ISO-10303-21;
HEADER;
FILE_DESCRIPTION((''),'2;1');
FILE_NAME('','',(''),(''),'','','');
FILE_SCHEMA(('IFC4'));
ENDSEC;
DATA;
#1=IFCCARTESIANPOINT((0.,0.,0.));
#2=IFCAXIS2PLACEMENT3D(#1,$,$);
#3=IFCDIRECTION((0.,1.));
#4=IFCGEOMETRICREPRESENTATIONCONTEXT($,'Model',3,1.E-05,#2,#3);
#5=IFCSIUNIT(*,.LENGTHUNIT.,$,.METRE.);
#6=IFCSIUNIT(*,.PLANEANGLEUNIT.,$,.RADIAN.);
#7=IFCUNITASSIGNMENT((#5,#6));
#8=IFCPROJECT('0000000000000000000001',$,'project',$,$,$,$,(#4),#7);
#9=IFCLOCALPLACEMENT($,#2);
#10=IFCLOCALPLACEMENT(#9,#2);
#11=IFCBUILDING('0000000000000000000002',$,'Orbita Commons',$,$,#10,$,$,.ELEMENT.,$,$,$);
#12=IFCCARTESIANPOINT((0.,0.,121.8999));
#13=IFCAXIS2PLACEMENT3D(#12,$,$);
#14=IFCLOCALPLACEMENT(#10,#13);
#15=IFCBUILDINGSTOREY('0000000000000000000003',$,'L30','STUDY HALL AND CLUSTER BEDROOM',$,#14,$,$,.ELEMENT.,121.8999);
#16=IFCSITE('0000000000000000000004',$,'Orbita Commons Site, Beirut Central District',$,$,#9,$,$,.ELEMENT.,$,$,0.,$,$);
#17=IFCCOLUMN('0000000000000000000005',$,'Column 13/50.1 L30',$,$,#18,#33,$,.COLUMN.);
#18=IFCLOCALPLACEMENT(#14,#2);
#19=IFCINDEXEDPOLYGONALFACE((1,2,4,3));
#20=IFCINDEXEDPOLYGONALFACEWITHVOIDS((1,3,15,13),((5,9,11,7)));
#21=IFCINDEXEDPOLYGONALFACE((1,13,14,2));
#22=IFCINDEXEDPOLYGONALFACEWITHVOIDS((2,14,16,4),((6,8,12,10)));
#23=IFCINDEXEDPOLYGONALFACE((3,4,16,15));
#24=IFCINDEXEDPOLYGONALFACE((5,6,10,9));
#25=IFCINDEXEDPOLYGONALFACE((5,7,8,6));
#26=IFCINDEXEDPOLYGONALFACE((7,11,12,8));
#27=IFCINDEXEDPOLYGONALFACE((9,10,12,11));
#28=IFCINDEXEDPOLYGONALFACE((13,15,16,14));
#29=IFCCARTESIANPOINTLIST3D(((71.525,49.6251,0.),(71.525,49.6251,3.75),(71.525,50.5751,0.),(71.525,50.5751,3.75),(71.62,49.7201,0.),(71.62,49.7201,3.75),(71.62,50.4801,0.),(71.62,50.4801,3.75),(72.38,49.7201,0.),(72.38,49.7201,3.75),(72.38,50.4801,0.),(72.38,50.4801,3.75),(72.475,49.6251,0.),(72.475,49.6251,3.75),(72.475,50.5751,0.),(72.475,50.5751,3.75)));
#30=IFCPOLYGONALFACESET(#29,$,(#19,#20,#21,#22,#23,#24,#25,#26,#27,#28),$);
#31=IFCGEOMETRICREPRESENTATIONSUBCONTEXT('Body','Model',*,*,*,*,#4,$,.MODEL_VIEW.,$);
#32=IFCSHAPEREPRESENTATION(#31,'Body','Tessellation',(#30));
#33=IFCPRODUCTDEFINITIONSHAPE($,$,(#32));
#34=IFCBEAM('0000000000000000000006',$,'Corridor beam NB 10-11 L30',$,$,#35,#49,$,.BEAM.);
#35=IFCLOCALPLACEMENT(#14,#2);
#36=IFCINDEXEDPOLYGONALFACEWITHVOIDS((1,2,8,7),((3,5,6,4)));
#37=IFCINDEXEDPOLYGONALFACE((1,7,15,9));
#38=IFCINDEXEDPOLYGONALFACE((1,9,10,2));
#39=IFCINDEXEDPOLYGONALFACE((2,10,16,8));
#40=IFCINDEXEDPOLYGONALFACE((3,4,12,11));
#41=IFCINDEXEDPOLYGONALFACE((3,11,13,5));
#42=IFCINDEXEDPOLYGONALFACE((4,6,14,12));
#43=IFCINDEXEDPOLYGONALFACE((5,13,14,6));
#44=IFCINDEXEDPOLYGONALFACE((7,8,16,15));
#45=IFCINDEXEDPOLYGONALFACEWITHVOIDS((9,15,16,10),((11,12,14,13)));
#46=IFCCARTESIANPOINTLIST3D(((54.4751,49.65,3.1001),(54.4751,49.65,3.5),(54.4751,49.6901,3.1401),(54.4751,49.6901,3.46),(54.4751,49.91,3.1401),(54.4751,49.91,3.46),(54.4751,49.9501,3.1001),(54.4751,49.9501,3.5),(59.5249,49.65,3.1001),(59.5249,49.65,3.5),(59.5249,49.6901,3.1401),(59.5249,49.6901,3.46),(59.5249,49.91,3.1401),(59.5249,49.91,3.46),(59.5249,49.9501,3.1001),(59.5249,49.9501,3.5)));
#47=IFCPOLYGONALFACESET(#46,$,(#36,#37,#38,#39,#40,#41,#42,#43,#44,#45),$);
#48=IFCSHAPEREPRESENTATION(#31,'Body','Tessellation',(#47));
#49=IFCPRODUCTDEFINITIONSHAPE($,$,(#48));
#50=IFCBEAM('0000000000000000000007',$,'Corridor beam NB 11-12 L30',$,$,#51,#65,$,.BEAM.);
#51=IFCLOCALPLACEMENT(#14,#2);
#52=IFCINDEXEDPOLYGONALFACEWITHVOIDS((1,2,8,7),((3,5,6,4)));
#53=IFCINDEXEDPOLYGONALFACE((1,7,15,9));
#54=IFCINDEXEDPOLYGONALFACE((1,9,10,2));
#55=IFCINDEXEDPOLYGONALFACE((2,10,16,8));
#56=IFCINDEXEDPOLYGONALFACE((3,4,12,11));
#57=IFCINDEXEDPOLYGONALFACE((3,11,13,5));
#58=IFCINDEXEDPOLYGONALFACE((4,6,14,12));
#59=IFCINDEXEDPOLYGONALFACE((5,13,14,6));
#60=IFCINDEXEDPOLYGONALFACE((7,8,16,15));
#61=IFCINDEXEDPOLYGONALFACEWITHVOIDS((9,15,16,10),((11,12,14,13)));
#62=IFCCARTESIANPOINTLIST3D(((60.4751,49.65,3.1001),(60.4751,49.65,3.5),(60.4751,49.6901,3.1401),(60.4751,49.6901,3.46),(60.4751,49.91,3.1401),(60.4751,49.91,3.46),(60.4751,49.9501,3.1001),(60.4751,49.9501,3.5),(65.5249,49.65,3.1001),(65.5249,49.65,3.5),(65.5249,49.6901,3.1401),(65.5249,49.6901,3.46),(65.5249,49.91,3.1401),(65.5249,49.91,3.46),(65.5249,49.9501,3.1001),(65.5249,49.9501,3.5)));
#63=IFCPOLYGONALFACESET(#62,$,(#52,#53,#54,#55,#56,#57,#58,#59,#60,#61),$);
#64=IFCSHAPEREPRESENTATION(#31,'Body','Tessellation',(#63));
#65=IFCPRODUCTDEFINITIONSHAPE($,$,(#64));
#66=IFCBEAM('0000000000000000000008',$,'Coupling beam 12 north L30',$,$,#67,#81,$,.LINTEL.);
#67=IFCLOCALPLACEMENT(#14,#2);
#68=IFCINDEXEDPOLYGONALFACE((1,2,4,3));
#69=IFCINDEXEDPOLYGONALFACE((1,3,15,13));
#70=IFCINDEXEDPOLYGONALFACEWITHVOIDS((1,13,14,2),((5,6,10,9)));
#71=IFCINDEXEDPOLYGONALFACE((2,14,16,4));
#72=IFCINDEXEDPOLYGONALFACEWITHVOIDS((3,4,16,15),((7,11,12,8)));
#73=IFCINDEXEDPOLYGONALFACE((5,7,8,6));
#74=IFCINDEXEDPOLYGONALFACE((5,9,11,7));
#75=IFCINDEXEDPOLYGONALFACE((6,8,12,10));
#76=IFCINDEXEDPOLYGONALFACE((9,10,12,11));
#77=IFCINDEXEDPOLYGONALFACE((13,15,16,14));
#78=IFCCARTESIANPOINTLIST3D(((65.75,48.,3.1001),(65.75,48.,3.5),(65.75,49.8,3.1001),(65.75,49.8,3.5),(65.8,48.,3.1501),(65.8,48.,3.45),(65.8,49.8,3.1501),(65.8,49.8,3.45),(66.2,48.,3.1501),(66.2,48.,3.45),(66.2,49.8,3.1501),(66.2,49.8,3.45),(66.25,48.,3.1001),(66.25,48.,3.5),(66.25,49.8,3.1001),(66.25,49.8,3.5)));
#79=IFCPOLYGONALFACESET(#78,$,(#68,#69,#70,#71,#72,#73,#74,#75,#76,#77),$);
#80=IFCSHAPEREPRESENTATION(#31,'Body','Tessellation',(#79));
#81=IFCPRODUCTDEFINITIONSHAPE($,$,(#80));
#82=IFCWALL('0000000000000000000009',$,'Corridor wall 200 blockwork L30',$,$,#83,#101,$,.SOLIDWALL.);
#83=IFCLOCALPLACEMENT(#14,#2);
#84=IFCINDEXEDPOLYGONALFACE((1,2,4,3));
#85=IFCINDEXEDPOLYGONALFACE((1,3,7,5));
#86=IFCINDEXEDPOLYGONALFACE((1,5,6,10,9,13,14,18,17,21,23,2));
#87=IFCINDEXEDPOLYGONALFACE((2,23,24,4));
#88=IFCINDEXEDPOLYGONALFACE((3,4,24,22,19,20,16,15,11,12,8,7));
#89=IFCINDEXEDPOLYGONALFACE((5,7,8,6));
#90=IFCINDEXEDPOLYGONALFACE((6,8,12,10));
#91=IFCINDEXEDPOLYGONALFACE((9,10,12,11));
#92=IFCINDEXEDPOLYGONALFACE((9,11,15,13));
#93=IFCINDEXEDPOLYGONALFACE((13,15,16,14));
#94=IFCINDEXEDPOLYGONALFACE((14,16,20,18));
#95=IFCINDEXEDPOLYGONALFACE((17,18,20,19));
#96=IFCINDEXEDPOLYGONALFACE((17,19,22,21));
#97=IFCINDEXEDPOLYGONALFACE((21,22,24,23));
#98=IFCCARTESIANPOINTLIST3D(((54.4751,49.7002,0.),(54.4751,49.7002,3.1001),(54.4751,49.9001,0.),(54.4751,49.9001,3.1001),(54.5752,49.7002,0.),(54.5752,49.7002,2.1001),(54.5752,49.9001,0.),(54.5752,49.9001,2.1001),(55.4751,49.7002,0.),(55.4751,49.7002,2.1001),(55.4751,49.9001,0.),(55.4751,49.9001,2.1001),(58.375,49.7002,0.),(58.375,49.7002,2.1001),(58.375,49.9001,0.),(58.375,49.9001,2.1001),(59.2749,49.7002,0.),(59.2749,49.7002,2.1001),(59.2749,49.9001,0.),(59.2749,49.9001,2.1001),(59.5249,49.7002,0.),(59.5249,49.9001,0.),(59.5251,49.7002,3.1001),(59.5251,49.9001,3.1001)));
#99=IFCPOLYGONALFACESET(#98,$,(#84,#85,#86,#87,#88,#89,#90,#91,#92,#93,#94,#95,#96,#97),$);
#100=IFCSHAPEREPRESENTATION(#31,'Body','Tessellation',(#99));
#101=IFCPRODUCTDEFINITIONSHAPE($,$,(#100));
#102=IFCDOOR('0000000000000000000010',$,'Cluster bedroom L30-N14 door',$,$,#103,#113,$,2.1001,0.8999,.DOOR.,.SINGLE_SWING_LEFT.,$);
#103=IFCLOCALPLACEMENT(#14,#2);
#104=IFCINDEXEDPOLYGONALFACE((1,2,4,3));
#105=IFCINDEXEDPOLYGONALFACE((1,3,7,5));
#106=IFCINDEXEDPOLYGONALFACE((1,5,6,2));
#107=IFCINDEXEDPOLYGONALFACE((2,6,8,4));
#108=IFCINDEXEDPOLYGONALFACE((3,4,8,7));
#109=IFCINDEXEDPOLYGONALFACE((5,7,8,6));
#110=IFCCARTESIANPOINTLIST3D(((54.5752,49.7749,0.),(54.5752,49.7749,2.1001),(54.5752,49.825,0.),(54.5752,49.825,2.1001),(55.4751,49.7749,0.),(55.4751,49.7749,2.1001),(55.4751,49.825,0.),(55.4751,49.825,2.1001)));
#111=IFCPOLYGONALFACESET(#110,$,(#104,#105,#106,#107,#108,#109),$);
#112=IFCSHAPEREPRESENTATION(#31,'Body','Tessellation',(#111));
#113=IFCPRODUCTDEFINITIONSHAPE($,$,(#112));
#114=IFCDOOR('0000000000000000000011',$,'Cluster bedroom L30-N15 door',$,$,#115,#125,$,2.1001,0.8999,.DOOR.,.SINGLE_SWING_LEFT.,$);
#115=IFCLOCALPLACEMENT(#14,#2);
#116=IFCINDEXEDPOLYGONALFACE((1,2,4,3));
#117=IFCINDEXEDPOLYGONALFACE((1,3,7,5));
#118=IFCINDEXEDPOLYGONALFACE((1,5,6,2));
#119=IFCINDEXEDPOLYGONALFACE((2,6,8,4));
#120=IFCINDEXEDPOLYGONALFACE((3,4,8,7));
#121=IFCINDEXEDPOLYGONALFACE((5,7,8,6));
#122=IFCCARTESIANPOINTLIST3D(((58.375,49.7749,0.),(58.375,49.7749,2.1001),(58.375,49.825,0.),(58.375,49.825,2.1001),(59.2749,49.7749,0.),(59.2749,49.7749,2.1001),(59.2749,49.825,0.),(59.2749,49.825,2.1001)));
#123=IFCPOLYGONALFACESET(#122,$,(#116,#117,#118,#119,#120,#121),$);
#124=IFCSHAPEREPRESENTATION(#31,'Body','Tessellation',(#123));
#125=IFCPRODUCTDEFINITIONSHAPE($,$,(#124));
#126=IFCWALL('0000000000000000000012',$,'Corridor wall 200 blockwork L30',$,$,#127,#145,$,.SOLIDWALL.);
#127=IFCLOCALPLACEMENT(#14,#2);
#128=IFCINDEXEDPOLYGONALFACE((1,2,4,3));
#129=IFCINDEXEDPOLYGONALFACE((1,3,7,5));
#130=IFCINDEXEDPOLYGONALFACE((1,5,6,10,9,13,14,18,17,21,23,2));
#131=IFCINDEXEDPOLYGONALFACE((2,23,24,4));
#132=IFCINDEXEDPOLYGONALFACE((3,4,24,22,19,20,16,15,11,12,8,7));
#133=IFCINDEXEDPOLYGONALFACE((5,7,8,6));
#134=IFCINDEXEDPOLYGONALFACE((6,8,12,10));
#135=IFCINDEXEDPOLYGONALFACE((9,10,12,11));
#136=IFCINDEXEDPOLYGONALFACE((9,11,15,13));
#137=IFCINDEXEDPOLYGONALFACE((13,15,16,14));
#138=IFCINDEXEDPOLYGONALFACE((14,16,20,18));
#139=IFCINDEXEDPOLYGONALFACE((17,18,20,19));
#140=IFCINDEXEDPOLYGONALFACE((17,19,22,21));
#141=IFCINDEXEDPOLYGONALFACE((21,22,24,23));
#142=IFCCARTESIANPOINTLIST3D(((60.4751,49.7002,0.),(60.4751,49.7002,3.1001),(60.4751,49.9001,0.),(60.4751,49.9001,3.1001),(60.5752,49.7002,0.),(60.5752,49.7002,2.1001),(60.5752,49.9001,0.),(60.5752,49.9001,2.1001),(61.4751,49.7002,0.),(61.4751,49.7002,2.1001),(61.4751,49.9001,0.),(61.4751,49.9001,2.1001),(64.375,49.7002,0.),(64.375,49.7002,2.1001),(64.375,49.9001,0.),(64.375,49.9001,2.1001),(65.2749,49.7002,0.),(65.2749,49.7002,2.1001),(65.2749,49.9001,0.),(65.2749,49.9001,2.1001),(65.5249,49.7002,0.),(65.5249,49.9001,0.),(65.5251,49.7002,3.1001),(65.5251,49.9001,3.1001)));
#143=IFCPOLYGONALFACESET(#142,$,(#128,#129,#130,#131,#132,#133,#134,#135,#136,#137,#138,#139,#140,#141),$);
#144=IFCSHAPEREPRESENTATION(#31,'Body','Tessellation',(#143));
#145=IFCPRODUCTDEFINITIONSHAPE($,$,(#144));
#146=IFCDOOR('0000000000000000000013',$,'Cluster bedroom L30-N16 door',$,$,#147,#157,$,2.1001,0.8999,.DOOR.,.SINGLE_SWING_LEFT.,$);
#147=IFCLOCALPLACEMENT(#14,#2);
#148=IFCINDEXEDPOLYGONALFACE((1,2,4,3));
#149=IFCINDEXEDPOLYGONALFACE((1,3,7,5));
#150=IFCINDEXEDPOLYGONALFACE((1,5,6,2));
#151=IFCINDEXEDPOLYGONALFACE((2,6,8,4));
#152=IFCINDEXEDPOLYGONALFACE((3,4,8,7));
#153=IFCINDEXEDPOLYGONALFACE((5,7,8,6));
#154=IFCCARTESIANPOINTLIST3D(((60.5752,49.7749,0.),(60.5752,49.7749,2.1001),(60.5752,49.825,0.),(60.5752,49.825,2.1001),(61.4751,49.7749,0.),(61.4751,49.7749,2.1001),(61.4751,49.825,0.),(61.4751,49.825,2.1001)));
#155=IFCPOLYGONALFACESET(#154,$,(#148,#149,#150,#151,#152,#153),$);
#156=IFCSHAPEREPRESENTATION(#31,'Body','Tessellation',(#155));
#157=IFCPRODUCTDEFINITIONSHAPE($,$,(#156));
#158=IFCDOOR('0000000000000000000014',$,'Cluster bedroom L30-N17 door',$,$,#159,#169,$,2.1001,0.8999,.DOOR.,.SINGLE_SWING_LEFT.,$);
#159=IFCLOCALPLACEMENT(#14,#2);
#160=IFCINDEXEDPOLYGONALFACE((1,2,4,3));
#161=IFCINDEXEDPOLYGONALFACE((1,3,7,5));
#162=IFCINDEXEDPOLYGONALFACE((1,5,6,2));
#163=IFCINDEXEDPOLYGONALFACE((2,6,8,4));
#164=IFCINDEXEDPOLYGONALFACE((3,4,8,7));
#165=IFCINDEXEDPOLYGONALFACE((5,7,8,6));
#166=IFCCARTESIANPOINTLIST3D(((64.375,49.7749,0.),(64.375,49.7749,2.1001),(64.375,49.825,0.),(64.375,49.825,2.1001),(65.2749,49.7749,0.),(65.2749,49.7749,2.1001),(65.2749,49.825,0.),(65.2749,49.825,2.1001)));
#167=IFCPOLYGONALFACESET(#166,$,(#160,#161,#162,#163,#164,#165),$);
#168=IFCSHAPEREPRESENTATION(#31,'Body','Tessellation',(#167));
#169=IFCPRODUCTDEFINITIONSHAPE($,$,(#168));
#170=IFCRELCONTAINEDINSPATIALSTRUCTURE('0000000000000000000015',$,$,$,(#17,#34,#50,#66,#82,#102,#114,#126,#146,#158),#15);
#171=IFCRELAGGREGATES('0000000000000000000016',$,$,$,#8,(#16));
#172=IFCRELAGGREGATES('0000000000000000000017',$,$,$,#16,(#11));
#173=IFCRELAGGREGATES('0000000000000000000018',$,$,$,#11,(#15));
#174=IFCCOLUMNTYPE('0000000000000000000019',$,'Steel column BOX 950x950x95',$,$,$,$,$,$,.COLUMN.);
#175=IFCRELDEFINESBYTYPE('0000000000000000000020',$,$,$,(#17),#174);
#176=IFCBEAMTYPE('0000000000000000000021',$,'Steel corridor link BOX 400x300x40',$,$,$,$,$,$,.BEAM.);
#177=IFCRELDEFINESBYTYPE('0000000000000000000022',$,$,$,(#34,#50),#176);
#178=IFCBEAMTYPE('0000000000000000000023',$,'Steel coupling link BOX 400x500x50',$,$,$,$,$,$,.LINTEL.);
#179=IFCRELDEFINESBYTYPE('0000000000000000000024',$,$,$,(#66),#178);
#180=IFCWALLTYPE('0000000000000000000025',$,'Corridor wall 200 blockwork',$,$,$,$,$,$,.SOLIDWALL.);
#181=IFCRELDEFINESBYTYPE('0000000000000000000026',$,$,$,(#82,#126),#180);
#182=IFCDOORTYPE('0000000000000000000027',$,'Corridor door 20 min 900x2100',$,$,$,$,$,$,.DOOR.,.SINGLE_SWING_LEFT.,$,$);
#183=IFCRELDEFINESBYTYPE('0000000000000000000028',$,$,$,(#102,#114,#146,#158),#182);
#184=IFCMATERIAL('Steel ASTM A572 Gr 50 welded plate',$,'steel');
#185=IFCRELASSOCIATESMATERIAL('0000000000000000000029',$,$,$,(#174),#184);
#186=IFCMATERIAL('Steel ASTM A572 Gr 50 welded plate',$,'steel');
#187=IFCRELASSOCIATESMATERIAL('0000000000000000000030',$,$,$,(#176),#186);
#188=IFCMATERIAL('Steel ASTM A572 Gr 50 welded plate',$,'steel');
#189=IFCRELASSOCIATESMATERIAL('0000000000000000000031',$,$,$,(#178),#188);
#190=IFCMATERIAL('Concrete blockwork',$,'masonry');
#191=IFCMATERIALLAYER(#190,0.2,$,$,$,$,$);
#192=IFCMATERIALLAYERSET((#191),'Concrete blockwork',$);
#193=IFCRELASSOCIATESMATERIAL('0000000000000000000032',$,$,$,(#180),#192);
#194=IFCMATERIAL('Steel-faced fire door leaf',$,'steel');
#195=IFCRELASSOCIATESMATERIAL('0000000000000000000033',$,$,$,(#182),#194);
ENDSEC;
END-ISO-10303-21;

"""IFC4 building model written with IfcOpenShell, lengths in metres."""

from ifc_helpers import new_model, si_unit, direction, frame, frame_2d, origin, origin_2d, place, context, subcontext, project, spatial, polyline, rectangle, hollow_rectangle, outline, extrude, material, layer, layer_set, material_profile, profile_set, type_object, element, fill, save


model = new_model("IFC4")

# Units and contexts
model_context = context("Model", 3, precision=1e-05, world=origin(), true_north=direction((0.0, 1.0)))
body_context = subcontext(model_context, "Body", "Model", "MODEL_VIEW")
ifc_project = project(units=[si_unit("LENGTHUNIT", "METRE"), si_unit("PLANEANGLEUNIT", "RADIAN")], contexts=[model_context])

# Site, building, storey
site_placement = place(None, origin())
site = spatial("IfcSite", under=ifc_project, at=site_placement, Name="Orbita Commons Site, Beirut Central District", CompositionType="ELEMENT", RefElevation=0.0)
building_placement = place(site_placement, origin())
building = spatial("IfcBuilding", under=site, at=building_placement, Name="Orbita Commons", CompositionType="ELEMENT")
storey_placement = place(building_placement, frame((0.0, 0.0, 121.8999)))
storey = spatial("IfcBuildingStorey", under=building, at=storey_placement, Name="L30", Description="STUDY HALL AND CLUSTER BEDROOM", CompositionType="ELEMENT", Elevation=121.8999)

# Column
ifc_material_1 = material(Name="Steel ASTM A572 Gr 50 welded plate", Category="steel")
ifc_material_profile_1 = material_profile(ifc_material_1, hollow_rectangle(XDim=0.95, YDim=0.95, WallThickness=0.095, at=origin_2d()), Name="BOX 950x950x95")
ifc_profile_set_1 = profile_set([ifc_material_profile_1], Name="Steel ASTM A572 Gr 50 welded plate")
column_type = type_object("IfcColumnType", Name="Steel column BOX 950x950x95", PredefinedType="COLUMN", material=ifc_profile_set_1)
column_placement = place(storey_placement, frame((72.0, 50.1001, 0.0), z_axis=(0.0, 0.0, 1.0), x_axis=(1.0, 0.0, 0.0)))
element("IfcColumn", 1, at=column_placement, inside=storey, type_object=column_type, Name="Column 13/50.1 L30", PredefinedType="COLUMN", context=body_context, shape_type="SweptSolid", body=[
    extrude(hollow_rectangle(XDim=0.95, YDim=0.95, WallThickness=0.095, at=origin_2d()), origin(), (0.0, 0.0, 1.0), 3.75),
])

# Beams
ifc_material_2 = material(Name="Steel ASTM A572 Gr 50 welded plate", Category="steel")
ifc_material_profile_2 = material_profile(ifc_material_2, hollow_rectangle(XDim=0.3, YDim=0.3999, WallThickness=0.04, at=origin_2d()), Name="BOX 400x300x40")
ifc_profile_set_2 = profile_set([ifc_material_profile_2], Name="Steel ASTM A572 Gr 50 welded plate")
beam_type_1 = type_object("IfcBeamType", Name="Steel corridor link BOX 400x300x40", PredefinedType="BEAM", material=ifc_profile_set_2)
for number, where, z_axis, x_axis, name in (
    (2, (54.4751, 49.8, 3.3), (1.0, 0.0, 0.0), (0.0, 1.0, 0.0), "Corridor beam NB 10-11 L30"),
    (3, (60.4751, 49.8, 3.3), (1.0, 0.0, 0.0), (0.0, 1.0, 0.0), "Corridor beam NB 11-12 L30"),
):
    element("IfcBeam", number, at=place(storey_placement, frame(where, z_axis=z_axis, x_axis=x_axis)), inside=storey, type_object=beam_type_1, Name=name, PredefinedType="BEAM", context=body_context, shape_type="SweptSolid", body=[
        extrude(hollow_rectangle(XDim=0.3, YDim=0.3999, WallThickness=0.04, at=origin_2d()), origin(), (0.0, 0.0, 1.0), 5.0498),
    ])
ifc_material_3 = material(Name="Steel ASTM A572 Gr 50 welded plate", Category="steel")
ifc_material_profile_3 = material_profile(ifc_material_3, hollow_rectangle(XDim=0.5, YDim=0.3999, WallThickness=0.05, at=origin_2d()), Name="BOX 400x500x50")
ifc_profile_set_3 = profile_set([ifc_material_profile_3], Name="Steel ASTM A572 Gr 50 welded plate")
beam_type_2 = type_object("IfcBeamType", Name="Steel coupling link BOX 400x500x50", PredefinedType="LINTEL", material=ifc_profile_set_3)
beam_placement = place(storey_placement, frame((66.0, 48.0, 3.3), z_axis=(0.0, 1.0, 0.0), x_axis=(-1.0, 0.0, 0.0)))
element("IfcBeam", 4, at=beam_placement, inside=storey, type_object=beam_type_2, Name="Coupling beam 12 north L30", PredefinedType="LINTEL", context=body_context, shape_type="SweptSolid", body=[
    extrude(hollow_rectangle(XDim=0.5, YDim=0.3999, WallThickness=0.05, at=origin_2d()), origin(), (0.0, 0.0, 1.0), 1.8),
])

# Walls, openings, doors
ifc_material_4 = material(Name="Concrete blockwork", Category="masonry")
ifc_layer_1 = layer(ifc_material_4, 0.2)
ifc_layer_set_1 = layer_set([ifc_layer_1], Name="Concrete blockwork")
wall_type_1 = type_object("IfcWallType", Name="Corridor wall 200 blockwork", PredefinedType="SOLIDWALL", material=ifc_layer_set_1)
wall_1_placement = place(storey_placement, frame((54.4751, 49.8, 0.0), z_axis=(0.0, 0.0, 1.0), x_axis=(1.0, 0.0, 0.0)))
wall_1 = element("IfcWall", 5, at=wall_1_placement, inside=storey, type_object=wall_type_1, Name="Corridor wall 200 blockwork L30", PredefinedType="SOLIDWALL", context=body_context, shape_type="SweptSolid", body=[
    extrude(outline(polyline([(0.0, 0.0), (5.0498, 0.0), (5.05, 3.1001), (0.0, 3.1001), (0.0, 0.0)])), frame((0.0, 0.1001, 0.0), z_axis=(0.0, -1.0, 0.0), x_axis=(1.0, 0.0, 0.0)), (0.0, 0.0, 1.0), 0.2),
])
opening_1_placement = place(wall_1_placement, frame((0.1001, 0.0, 0.0)))
opening_1 = element("IfcOpeningElement", 6, at=opening_1_placement, cuts=wall_1, PredefinedType="OPENING", context=body_context, shape_type="SweptSolid", body=[
    extrude(rectangle(XDim=0.8999, YDim=2.1001, at=frame_2d((0.45, 1.05))), frame((0.0, 0.1099, 0.0), z_axis=(0.0, -1.0, 0.0), x_axis=(1.0, 0.0, 0.0)), (0.0, 0.0, 1.0), 0.22),
])
opening_2_placement = place(wall_1_placement, frame((3.8999, 0.0, 0.0)))
opening_2 = element("IfcOpeningElement", 7, at=opening_2_placement, cuts=wall_1, PredefinedType="OPENING", context=body_context, shape_type="SweptSolid", body=[
    extrude(rectangle(XDim=0.8999, YDim=2.1001, at=frame_2d((0.45, 1.05))), frame((0.0, 0.1099, 0.0), z_axis=(0.0, -1.0, 0.0), x_axis=(1.0, 0.0, 0.0)), (0.0, 0.0, 1.0), 0.22),
])
ifc_material_5 = material(Name="Steel-faced fire door leaf", Category="steel")
door_type_1 = type_object("IfcDoorType", Name="Corridor door 20 min 900x2100", OperationType="SINGLE_SWING_LEFT", PredefinedType="DOOR", material=ifc_material_5)
door_1_placement = place(opening_1_placement, origin())
door_1 = element("IfcDoor", 8, at=door_1_placement, inside=storey, type_object=door_type_1, Name="Cluster bedroom L30-N14 door", OperationType="SINGLE_SWING_LEFT", OverallHeight=2.1001, OverallWidth=0.8999, PredefinedType="DOOR", context=body_context, shape_type="SweptSolid", body=[
    extrude(rectangle(XDim=0.8999, YDim=2.1001, at=frame_2d((0.45, 1.05))), frame((0.0, 0.0249, 0.0), z_axis=(0.0, -1.0, 0.0), x_axis=(1.0, 0.0, 0.0)), (0.0, 0.0, 1.0), 0.05),
])
fill(opening_1, door_1)
door_2_placement = place(opening_2_placement, origin())
door_2 = element("IfcDoor", 9, at=door_2_placement, inside=storey, type_object=door_type_1, Name="Cluster bedroom L30-N15 door", OperationType="SINGLE_SWING_LEFT", OverallHeight=2.1001, OverallWidth=0.8999, PredefinedType="DOOR", context=body_context, shape_type="SweptSolid", body=[
    extrude(rectangle(XDim=0.8999, YDim=2.1001, at=frame_2d((0.45, 1.05))), frame((0.0, 0.0249, 0.0), z_axis=(0.0, -1.0, 0.0), x_axis=(1.0, 0.0, 0.0)), (0.0, 0.0, 1.0), 0.05),
])
fill(opening_2, door_2)
wall_2_placement = place(storey_placement, frame((60.4751, 49.8, 0.0), z_axis=(0.0, 0.0, 1.0), x_axis=(1.0, 0.0, 0.0)))
wall_2 = element("IfcWall", 10, at=wall_2_placement, inside=storey, type_object=wall_type_1, Name="Corridor wall 200 blockwork L30", PredefinedType="SOLIDWALL", context=body_context, shape_type="SweptSolid", body=[
    extrude(outline(polyline([(0.0, 0.0), (5.0498, 0.0), (5.05, 3.1001), (0.0, 3.1001), (0.0, 0.0)])), frame((0.0, 0.1001, 0.0), z_axis=(0.0, -1.0, 0.0), x_axis=(1.0, 0.0, 0.0)), (0.0, 0.0, 1.0), 0.2),
])
opening_3_placement = place(wall_2_placement, frame((0.1001, 0.0, 0.0)))
opening_3 = element("IfcOpeningElement", 11, at=opening_3_placement, cuts=wall_2, PredefinedType="OPENING", context=body_context, shape_type="SweptSolid", body=[
    extrude(rectangle(XDim=0.8999, YDim=2.1001, at=frame_2d((0.45, 1.05))), frame((0.0, 0.1099, 0.0), z_axis=(0.0, -1.0, 0.0), x_axis=(1.0, 0.0, 0.0)), (0.0, 0.0, 1.0), 0.22),
])
opening_4_placement = place(wall_2_placement, frame((3.8999, 0.0, 0.0)))
opening_4 = element("IfcOpeningElement", 12, at=opening_4_placement, cuts=wall_2, PredefinedType="OPENING", context=body_context, shape_type="SweptSolid", body=[
    extrude(rectangle(XDim=0.8999, YDim=2.1001, at=frame_2d((0.45, 1.05))), frame((0.0, 0.1099, 0.0), z_axis=(0.0, -1.0, 0.0), x_axis=(1.0, 0.0, 0.0)), (0.0, 0.0, 1.0), 0.22),
])
door_3_placement = place(opening_3_placement, origin())
door_3 = element("IfcDoor", 13, at=door_3_placement, inside=storey, type_object=door_type_1, Name="Cluster bedroom L30-N16 door", OperationType="SINGLE_SWING_LEFT", OverallHeight=2.1001, OverallWidth=0.8999, PredefinedType="DOOR", context=body_context, shape_type="SweptSolid", body=[
    extrude(rectangle(XDim=0.8999, YDim=2.1001, at=frame_2d((0.45, 1.05))), frame((0.0, 0.0249, 0.0), z_axis=(0.0, -1.0, 0.0), x_axis=(1.0, 0.0, 0.0)), (0.0, 0.0, 1.0), 0.05),
])
fill(opening_3, door_3)
door_4_placement = place(opening_4_placement, origin())
door_4 = element("IfcDoor", 14, at=door_4_placement, inside=storey, type_object=door_type_1, Name="Cluster bedroom L30-N17 door", OperationType="SINGLE_SWING_LEFT", OverallHeight=2.1001, OverallWidth=0.8999, PredefinedType="DOOR", context=body_context, shape_type="SweptSolid", body=[
    extrude(rectangle(XDim=0.8999, YDim=2.1001, at=frame_2d((0.45, 1.05))), frame((0.0, 0.0249, 0.0), z_axis=(0.0, -1.0, 0.0), x_axis=(1.0, 0.0, 0.0)), (0.0, 0.0, 1.0), 0.05),
])
fill(opening_4, door_4)

save(model, "model.ifc")
